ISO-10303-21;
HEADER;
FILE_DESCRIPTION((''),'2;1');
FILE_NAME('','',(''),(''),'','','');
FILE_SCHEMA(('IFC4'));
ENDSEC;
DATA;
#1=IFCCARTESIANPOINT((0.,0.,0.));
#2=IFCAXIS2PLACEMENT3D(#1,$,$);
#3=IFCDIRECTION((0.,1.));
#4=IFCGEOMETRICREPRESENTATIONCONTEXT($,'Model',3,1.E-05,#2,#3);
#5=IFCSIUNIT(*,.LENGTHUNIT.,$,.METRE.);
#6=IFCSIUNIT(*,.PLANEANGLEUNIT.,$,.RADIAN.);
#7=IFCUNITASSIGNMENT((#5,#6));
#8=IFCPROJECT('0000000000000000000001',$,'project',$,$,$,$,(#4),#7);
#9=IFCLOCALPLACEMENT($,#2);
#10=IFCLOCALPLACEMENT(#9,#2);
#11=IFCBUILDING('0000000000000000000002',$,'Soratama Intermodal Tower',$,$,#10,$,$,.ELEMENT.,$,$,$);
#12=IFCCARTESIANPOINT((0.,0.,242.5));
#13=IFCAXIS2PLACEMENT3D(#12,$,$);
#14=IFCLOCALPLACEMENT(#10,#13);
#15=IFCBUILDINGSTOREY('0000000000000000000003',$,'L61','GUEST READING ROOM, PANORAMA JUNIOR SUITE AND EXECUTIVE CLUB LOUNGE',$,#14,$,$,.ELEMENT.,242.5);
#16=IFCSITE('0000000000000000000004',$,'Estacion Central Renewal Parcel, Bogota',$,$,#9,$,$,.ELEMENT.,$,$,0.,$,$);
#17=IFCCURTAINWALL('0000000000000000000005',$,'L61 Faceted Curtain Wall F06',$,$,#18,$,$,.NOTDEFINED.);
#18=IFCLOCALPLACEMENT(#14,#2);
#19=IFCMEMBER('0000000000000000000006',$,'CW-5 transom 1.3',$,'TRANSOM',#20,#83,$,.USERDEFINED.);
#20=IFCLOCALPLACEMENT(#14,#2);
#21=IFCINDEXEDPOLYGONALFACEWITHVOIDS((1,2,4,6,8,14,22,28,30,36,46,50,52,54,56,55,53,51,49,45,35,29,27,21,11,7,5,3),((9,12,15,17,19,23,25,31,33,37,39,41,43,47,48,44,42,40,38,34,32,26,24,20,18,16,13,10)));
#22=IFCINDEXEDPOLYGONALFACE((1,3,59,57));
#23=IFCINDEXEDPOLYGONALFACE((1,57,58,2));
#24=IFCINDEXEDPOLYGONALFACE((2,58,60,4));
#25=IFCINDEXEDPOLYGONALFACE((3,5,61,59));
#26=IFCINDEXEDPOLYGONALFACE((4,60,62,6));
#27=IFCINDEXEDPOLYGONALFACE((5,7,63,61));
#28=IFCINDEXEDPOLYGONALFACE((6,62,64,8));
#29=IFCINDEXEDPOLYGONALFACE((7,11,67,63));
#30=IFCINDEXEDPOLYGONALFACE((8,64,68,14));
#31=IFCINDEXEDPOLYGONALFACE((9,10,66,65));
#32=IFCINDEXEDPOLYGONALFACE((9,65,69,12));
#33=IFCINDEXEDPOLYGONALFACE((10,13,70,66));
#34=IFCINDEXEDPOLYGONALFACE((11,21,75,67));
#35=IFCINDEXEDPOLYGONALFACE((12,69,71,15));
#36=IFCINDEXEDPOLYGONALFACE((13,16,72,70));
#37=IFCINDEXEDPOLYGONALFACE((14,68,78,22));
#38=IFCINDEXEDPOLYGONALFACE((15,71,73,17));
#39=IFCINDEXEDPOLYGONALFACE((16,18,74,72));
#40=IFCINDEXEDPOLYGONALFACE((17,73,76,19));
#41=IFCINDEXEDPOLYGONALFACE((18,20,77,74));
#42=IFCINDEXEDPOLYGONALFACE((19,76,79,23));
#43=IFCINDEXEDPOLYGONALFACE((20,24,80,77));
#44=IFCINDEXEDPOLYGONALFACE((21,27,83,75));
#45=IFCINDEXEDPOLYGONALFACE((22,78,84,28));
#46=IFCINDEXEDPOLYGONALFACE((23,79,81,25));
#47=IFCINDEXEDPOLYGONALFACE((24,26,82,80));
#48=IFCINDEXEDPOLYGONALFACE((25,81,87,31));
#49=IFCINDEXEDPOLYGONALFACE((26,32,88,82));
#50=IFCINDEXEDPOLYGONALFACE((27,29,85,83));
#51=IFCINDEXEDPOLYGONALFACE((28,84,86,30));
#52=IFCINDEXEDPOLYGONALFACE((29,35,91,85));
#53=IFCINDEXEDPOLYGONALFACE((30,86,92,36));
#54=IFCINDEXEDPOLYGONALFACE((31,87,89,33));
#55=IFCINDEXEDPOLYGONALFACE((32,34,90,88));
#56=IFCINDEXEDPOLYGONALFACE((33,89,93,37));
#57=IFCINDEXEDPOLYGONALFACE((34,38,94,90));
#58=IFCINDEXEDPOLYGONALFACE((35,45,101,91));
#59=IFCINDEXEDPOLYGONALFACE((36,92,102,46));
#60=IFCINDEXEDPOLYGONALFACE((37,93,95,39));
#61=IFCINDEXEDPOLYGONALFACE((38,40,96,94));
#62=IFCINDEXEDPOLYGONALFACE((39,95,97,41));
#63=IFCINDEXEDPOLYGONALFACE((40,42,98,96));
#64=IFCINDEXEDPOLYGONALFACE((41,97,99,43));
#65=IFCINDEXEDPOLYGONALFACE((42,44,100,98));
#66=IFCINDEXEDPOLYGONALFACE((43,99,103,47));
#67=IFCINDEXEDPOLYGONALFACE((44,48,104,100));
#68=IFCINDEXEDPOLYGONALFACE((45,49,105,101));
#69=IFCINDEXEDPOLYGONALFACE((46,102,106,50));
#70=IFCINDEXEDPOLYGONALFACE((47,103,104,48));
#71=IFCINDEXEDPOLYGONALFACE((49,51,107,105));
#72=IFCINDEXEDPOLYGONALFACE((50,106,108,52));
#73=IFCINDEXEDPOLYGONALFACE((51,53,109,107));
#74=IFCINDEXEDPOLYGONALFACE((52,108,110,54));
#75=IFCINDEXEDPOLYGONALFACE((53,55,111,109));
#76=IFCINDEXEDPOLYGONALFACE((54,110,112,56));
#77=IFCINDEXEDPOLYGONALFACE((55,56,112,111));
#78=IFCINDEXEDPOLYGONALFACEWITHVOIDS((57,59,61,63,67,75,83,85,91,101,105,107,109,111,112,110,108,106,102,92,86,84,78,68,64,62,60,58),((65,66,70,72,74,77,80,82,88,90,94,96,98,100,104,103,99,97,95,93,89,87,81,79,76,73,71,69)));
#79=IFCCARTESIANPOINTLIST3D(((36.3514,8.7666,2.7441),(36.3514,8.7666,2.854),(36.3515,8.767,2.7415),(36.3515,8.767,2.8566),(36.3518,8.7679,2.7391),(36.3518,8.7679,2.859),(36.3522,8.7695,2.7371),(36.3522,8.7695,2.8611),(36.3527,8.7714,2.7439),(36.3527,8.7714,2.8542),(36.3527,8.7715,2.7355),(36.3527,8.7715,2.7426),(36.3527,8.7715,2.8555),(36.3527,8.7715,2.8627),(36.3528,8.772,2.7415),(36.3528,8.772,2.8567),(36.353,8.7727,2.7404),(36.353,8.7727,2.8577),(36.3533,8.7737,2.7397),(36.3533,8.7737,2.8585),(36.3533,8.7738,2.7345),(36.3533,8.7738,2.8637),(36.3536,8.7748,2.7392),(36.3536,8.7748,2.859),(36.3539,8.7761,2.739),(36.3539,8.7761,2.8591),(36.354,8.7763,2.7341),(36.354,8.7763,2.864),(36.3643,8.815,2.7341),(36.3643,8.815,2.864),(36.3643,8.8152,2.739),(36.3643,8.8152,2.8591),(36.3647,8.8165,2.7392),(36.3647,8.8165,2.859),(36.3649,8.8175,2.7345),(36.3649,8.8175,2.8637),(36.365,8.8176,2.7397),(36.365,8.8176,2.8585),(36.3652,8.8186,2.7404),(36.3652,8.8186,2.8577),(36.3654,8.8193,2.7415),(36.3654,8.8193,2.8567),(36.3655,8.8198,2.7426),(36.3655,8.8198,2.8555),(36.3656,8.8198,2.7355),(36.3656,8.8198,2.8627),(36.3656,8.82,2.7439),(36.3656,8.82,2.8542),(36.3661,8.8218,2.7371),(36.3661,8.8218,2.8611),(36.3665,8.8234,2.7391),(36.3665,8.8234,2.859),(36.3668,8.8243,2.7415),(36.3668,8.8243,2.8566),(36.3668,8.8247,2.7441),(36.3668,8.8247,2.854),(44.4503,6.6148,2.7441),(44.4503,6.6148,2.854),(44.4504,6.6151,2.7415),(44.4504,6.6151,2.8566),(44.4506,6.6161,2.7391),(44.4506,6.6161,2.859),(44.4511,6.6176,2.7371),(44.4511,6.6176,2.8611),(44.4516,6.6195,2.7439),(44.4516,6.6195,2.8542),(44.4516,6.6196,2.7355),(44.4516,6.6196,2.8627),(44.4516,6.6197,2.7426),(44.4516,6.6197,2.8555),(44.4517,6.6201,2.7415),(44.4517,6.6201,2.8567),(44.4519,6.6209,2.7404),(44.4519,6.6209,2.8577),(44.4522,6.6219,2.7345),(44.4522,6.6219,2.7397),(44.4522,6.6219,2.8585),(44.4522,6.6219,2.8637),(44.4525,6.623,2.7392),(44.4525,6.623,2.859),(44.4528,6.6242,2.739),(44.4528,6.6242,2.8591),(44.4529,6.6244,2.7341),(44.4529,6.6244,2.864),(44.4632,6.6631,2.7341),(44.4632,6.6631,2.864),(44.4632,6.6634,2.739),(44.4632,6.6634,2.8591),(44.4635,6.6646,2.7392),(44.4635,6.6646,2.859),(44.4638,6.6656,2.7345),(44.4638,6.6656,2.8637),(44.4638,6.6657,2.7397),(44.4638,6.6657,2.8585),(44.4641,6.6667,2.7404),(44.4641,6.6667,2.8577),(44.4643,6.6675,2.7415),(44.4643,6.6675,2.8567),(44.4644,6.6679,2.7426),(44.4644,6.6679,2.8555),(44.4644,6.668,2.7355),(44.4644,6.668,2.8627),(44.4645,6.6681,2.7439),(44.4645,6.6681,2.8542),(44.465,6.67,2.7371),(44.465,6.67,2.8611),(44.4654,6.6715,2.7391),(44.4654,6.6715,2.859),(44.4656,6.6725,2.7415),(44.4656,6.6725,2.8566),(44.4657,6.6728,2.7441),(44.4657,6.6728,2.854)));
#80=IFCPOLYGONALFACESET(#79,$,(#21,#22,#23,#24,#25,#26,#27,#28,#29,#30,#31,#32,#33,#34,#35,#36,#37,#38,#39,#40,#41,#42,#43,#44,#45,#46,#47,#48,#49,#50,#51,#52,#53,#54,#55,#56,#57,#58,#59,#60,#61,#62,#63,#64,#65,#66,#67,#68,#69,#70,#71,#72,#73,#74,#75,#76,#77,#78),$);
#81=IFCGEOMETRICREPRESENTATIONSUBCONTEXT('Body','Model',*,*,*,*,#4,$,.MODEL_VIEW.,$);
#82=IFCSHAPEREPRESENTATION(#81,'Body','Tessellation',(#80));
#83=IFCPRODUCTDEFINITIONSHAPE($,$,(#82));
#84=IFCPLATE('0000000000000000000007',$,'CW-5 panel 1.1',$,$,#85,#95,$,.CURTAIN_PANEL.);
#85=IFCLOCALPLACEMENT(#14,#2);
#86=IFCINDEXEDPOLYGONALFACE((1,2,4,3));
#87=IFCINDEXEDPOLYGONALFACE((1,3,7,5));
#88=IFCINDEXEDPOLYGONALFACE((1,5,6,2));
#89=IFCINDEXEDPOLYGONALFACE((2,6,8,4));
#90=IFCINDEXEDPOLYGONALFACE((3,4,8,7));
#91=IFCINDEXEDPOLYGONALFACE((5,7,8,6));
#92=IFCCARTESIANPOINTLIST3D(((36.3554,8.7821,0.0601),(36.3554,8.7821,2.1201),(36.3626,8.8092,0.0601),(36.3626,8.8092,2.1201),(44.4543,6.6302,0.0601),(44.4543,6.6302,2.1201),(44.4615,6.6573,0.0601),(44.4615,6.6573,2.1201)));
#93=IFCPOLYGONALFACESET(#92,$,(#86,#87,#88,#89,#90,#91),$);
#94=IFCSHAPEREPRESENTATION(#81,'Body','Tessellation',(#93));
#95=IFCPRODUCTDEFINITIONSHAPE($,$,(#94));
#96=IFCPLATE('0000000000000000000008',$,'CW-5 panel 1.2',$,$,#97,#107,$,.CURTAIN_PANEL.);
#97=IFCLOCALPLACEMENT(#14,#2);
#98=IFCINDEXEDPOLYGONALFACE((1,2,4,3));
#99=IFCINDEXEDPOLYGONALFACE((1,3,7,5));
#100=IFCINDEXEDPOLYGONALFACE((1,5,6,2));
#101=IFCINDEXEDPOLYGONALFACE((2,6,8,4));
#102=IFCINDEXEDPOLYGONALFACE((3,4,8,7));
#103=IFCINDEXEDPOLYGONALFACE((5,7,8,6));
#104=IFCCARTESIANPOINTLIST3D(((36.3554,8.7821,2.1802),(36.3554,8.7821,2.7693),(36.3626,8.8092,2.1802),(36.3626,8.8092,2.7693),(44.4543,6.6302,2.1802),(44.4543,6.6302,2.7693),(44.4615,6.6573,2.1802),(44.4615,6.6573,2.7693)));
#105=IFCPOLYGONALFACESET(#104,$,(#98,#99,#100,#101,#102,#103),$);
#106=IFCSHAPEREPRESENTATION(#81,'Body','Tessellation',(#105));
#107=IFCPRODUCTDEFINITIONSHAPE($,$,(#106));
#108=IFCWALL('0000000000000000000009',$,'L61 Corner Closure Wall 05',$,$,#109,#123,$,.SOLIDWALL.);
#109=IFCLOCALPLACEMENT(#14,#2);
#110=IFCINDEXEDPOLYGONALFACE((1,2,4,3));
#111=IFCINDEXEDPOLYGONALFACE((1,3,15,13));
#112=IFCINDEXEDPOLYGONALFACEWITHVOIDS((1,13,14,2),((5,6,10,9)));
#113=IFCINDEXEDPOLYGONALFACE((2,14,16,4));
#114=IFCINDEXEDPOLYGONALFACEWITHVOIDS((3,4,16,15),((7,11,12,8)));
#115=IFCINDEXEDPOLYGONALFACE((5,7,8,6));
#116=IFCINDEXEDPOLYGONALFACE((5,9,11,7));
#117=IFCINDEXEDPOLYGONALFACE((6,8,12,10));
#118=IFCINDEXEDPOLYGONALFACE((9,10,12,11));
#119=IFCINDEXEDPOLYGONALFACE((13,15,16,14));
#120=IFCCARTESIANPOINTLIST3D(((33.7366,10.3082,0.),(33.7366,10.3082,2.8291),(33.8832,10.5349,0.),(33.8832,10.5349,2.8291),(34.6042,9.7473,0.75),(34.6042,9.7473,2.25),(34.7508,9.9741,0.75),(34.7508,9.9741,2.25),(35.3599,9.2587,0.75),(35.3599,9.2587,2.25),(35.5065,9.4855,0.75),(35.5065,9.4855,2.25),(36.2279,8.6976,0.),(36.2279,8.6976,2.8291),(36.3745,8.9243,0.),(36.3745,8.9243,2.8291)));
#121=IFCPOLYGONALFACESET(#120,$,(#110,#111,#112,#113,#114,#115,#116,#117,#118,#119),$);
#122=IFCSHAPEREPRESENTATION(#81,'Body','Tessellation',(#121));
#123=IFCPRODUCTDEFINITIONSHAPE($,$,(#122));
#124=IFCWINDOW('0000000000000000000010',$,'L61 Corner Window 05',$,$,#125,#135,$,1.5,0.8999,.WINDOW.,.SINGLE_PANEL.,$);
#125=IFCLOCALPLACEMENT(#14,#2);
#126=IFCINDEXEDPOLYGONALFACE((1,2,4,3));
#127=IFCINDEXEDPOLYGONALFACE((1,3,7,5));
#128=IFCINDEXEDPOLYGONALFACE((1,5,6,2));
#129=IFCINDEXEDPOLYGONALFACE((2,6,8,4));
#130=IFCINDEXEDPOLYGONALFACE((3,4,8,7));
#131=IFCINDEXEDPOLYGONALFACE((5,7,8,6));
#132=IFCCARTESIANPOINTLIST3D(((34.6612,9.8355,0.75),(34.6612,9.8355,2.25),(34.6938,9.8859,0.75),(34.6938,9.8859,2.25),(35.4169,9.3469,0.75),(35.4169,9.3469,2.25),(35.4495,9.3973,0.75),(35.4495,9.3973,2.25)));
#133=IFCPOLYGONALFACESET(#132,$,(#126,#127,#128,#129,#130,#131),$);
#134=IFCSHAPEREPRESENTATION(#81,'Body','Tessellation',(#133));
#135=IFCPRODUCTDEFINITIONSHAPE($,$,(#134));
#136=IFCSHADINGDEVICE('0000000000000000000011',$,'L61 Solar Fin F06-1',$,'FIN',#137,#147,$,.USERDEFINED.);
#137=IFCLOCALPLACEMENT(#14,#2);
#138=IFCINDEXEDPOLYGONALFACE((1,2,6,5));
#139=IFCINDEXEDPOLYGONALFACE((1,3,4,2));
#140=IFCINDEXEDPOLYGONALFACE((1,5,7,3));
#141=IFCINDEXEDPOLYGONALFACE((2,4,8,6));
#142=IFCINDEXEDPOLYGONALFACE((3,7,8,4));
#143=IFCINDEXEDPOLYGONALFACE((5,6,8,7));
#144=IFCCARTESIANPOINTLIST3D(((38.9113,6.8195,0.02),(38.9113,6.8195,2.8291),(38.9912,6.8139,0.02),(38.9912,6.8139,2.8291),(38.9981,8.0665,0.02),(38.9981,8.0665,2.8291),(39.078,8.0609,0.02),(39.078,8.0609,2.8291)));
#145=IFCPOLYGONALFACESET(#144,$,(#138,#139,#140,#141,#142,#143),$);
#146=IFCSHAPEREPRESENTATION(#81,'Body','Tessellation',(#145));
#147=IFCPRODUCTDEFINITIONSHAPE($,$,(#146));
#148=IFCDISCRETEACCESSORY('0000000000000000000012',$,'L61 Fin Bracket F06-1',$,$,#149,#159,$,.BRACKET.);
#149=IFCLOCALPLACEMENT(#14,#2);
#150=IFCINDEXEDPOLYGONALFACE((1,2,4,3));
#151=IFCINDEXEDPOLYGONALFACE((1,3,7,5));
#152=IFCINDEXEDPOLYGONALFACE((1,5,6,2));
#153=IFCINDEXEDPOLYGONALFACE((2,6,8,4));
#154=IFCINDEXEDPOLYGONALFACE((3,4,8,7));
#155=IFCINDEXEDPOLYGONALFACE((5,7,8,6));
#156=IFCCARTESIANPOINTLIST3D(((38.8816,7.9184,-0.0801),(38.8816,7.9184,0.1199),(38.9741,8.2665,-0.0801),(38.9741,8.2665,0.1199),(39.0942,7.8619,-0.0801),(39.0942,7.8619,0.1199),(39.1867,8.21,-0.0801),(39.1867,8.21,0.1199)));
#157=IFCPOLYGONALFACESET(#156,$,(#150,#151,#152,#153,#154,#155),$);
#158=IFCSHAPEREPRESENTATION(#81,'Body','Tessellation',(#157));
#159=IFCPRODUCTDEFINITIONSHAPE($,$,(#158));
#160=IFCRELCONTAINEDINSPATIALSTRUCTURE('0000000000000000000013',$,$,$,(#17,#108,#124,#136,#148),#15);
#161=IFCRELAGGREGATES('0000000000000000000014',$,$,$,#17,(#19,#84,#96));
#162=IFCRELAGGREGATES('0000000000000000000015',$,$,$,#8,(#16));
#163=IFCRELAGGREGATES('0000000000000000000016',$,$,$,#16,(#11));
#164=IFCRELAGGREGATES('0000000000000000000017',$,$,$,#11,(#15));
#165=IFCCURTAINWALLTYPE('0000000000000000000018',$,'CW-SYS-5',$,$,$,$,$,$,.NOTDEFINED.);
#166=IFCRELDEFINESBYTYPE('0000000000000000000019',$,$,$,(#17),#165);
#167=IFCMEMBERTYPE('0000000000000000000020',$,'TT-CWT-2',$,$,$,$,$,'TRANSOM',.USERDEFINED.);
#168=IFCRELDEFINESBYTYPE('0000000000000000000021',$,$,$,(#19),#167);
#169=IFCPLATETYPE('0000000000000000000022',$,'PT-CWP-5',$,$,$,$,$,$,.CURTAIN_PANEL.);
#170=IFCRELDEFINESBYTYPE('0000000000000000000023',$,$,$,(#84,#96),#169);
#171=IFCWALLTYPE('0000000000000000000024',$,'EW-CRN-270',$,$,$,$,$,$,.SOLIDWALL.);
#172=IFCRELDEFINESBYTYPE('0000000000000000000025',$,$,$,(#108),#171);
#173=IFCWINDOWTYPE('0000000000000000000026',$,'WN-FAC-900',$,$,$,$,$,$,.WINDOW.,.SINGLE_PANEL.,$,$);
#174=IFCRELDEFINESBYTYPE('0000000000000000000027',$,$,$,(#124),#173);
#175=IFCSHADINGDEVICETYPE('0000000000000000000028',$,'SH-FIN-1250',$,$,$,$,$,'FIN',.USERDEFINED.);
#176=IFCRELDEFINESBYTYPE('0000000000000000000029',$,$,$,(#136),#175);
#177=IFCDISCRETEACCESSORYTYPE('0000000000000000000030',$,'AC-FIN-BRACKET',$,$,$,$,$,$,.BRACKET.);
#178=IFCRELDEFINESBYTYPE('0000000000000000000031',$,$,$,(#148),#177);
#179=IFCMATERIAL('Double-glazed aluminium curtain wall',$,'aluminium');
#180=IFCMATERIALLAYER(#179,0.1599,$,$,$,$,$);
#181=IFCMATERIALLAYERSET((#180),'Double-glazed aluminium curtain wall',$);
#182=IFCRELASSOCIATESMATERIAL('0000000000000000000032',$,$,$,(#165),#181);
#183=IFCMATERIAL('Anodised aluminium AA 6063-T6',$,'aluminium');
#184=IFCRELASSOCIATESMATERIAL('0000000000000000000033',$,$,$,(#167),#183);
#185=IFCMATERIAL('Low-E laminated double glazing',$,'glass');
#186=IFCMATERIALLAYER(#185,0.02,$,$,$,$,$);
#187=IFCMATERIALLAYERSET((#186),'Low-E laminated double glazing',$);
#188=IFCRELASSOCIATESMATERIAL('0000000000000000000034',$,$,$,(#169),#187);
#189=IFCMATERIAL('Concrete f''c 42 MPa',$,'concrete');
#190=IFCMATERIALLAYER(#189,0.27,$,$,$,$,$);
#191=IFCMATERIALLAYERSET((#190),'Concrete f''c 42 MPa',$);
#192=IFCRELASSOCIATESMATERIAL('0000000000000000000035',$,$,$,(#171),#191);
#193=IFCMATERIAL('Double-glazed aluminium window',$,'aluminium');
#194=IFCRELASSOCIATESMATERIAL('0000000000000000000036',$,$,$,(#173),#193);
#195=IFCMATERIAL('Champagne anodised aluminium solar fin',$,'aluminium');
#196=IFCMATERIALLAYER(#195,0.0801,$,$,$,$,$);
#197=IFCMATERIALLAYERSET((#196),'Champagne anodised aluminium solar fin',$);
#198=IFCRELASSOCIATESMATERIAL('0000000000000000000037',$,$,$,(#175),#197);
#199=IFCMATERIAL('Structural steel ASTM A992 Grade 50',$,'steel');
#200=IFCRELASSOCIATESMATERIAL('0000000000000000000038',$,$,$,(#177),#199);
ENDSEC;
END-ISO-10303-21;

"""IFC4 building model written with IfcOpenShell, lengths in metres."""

from ifc_helpers import new_model, si_unit, direction, frame, frame_2d, origin, origin_2d, place, context, subcontext, project, spatial, rectangle, hollow_rectangle, extrude, material, layer, layer_set, material_profile, profile_set, type_object, element, fill, aggregate, save


model = new_model("IFC4")

# Units and contexts
model_context = context("Model", 3, precision=1e-05, world=origin(), true_north=direction((0.0, 1.0)))
body_context = subcontext(model_context, "Body", "Model", "MODEL_VIEW")
ifc_project = project(units=[si_unit("LENGTHUNIT", "METRE"), si_unit("PLANEANGLEUNIT", "RADIAN")], contexts=[model_context])

# Site, building, storey
site_placement = place(None, origin())
site = spatial("IfcSite", under=ifc_project, at=site_placement, Name="Estacion Central Renewal Parcel, Bogota", CompositionType="ELEMENT", RefElevation=0.0)
building_placement = place(site_placement, origin())
building = spatial("IfcBuilding", under=site, at=building_placement, Name="Soratama Intermodal Tower", CompositionType="ELEMENT")
storey_placement = place(building_placement, frame((0.0, 0.0, 242.5)))
storey = spatial("IfcBuildingStorey", under=building, at=storey_placement, Name="L61", Description="GUEST READING ROOM, PANORAMA JUNIOR SUITE AND EXECUTIVE CLUB LOUNGE", CompositionType="ELEMENT", Elevation=242.5)

# Shared definitions
ifc_material_1 = material(Name="Double-glazed aluminium curtain wall", Category="aluminium")
ifc_layer_1 = layer(ifc_material_1, 0.1599)
ifc_layer_set_1 = layer_set([ifc_layer_1], Name="Double-glazed aluminium curtain wall")
curtain_wall_type = type_object("IfcCurtainWallType", Name="CW-SYS-5", PredefinedType="NOTDEFINED", material=ifc_layer_set_1)

# Curtain wall, member, plates
curtain_wall_1_placement = place(storey_placement, origin())
curtain_wall_1 = element("IfcCurtainWall", 1, at=curtain_wall_1_placement, inside=storey, type_object=curtain_wall_type, Name="L61 Faceted Curtain Wall F06", PredefinedType="NOTDEFINED")
ifc_material_2 = material(Name="Anodised aluminium AA 6063-T6", Category="aluminium")
ifc_material_profile_1 = material_profile(ifc_material_2, hollow_rectangle(XDim=0.0601, YDim=0.1299, WallThickness=0.0049, InnerFilletRadius=0.0049, OuterFilletRadius=0.01, at=origin_2d()), Name="CWT130X60X5")
ifc_profile_set_1 = profile_set([ifc_material_profile_1], Name="Anodised aluminium AA 6063-T6")
member_type_1 = type_object("IfcMemberType", Name="TT-CWT-2", ElementType="TRANSOM", PredefinedType="USERDEFINED", material=ifc_profile_set_1)
member_1_placement = place(storey_placement, frame((36.3591, 8.7957, 2.7991), z_axis=(0.966468, -0.256789, 0.0), x_axis=(0.256789, 0.966468, 0.0)))
member_1 = element("IfcMember", 2, at=member_1_placement, type_object=member_type_1, Name="CW-5 transom 1.3", ObjectType="TRANSOM", PredefinedType="USERDEFINED", context=body_context, shape_type="SweptSolid", body=[
    extrude(hollow_rectangle(XDim=0.0601, YDim=0.1299, WallThickness=0.0049, InnerFilletRadius=0.0049, OuterFilletRadius=0.01, at=origin_2d()), origin(), (0.0, 0.0, 1.0), 8.3799),
])
ifc_material_3 = material(Name="Low-E laminated double glazing", Category="glass")
ifc_layer_2 = layer(ifc_material_3, 0.02)
ifc_layer_set_2 = layer_set([ifc_layer_2], Name="Low-E laminated double glazing")
plate_type = type_object("IfcPlateType", Name="PT-CWP-5", PredefinedType="CURTAIN_PANEL", material=ifc_layer_set_2)
plate_1_placement = place(storey_placement, frame((40.4084, 7.7197, 0.0601), z_axis=(0.0, 0.0, 1.0), x_axis=(0.966466, -0.256793, 0.0)))
plate_1 = element("IfcPlate", 3, at=plate_1_placement, type_object=plate_type, Name="CW-5 panel 1.1", PredefinedType="CURTAIN_PANEL", context=body_context, shape_type="SweptSolid", body=[
    extrude(rectangle(XDim=8.3799, YDim=0.0281, at=origin_2d()), origin(), (0.0, 0.0, 1.0), 2.0601),
])
plate_2_placement = place(storey_placement, frame((40.4084, 7.7197, 2.1802), z_axis=(0.0, 0.0, 1.0), x_axis=(0.966466, -0.256793, 0.0)))
plate_2 = element("IfcPlate", 4, at=plate_2_placement, type_object=plate_type, Name="CW-5 panel 1.2", PredefinedType="CURTAIN_PANEL", context=body_context, shape_type="SweptSolid", body=[
    extrude(rectangle(XDim=8.3799, YDim=0.0281, at=origin_2d()), origin(), (0.0, 0.0, 1.0), 0.5891),
])
aggregate(curtain_wall_1, [member_1, plate_1, plate_2])

# Wall, opening, window
ifc_material_4 = material(Name="Concrete f'c 42 MPa", Category="concrete")
ifc_layer_3 = layer(ifc_material_4, 0.27)
ifc_layer_set_3 = layer_set([ifc_layer_3], Name="Concrete f'c 42 MPa")
wall_type = type_object("IfcWallType", Name="EW-CRN-270", PredefinedType="SOLIDWALL", material=ifc_layer_set_3)
wall_placement = place(storey_placement, frame((33.8098, 10.4216, 0.0), z_axis=(0.0, 0.0, 1.0), x_axis=(0.83978, -0.542927, 0.0)))
wall = element("IfcWall", 5, at=wall_placement, inside=storey, type_object=wall_type, Name="L61 Corner Closure Wall 05", PredefinedType="SOLIDWALL", context=body_context, shape_type="SweptSolid", body=[
    extrude(rectangle(XDim=2.9666, YDim=0.27, at=frame_2d((1.4834, 0.0))), origin(), (0.0, 0.0, 1.0), 2.8291),
])
opening_placement = place(wall_placement, frame((1.0332, 0.0, 0.75)))
opening = element("IfcOpeningElement", 6, at=opening_placement, cuts=wall, PredefinedType="OPENING", context=body_context, shape_type="SweptSolid", body=[
    extrude(rectangle(XDim=0.8999, YDim=1.5, at=frame_2d((0.45, 0.75))), frame((0.0, 0.145, 0.0), z_axis=(0.0, -1.0, 0.0), x_axis=(1.0, 0.0, 0.0)), (0.0, 0.0, 1.0), 0.29),
])
ifc_material_5 = material(Name="Double-glazed aluminium window", Category="aluminium")
window_type = type_object("IfcWindowType", Name="WN-FAC-900", PartitioningType="SINGLE_PANEL", PredefinedType="WINDOW", material=ifc_material_5)
window_placement = place(opening_placement, origin())
window = element("IfcWindow", 7, at=window_placement, inside=storey, type_object=window_type, Name="L61 Corner Window 05", OverallHeight=1.5, OverallWidth=0.8999, PartitioningType="SINGLE_PANEL", PredefinedType="WINDOW", context=body_context, shape_type="SweptSolid", body=[
    extrude(rectangle(XDim=0.8999, YDim=1.5, at=frame_2d((0.45, 0.75))), frame((0.0, 0.03, 0.0), z_axis=(0.0, -1.0, 0.0), x_axis=(1.0, 0.0, 0.0)), (0.0, 0.0, 1.0), 0.0601),
])
fill(opening, window)

# Shading device
ifc_material_6 = material(Name="Champagne anodised aluminium solar fin", Category="aluminium")
ifc_layer_4 = layer(ifc_material_6, 0.0801)
ifc_layer_set_4 = layer_set([ifc_layer_4], Name="Champagne anodised aluminium solar fin")
shading_device_type = type_object("IfcShadingDeviceType", Name="SH-FIN-1250", ElementType="FIN", PredefinedType="USERDEFINED", material=ifc_layer_set_4)
shading_device_placement = place(storey_placement, frame((38.9946, 7.4402, 0.02), z_axis=(0.0, 0.0, 1.0), x_axis=(-0.069408, -0.997588, 0.0)))
element("IfcShadingDevice", 8, at=shading_device_placement, inside=storey, type_object=shading_device_type, Name="L61 Solar Fin F06-1", ObjectType="FIN", PredefinedType="USERDEFINED", context=body_context, shape_type="SweptSolid", body=[
    extrude(rectangle(XDim=1.25, YDim=0.0801, at=origin_2d()), origin(), (0.0, 0.0, 1.0), 2.8091),
])

# Discrete accessory
ifc_material_7 = material(Name="Structural steel ASTM A992 Grade 50", Category="steel")
discrete_accessory_type = type_object("IfcDiscreteAccessoryType", Name="AC-FIN-BRACKET", PredefinedType="BRACKET", material=ifc_material_7)
discrete_accessory_placement = place(storey_placement, frame((39.0342, 8.0642, -0.0801), z_axis=(0.0, 0.0, 1.0), x_axis=(-0.256795, -0.966466, 0.0)))
element("IfcDiscreteAccessory", 9, at=discrete_accessory_placement, inside=storey, type_object=discrete_accessory_type, Name="L61 Fin Bracket F06-1", PredefinedType="BRACKET", context=body_context, shape_type="SweptSolid", body=[
    extrude(rectangle(XDim=0.3601, YDim=0.22, at=origin_2d()), origin(), (0.0, 0.0, 1.0), 0.2),
])

save(model, "model.ifc")
